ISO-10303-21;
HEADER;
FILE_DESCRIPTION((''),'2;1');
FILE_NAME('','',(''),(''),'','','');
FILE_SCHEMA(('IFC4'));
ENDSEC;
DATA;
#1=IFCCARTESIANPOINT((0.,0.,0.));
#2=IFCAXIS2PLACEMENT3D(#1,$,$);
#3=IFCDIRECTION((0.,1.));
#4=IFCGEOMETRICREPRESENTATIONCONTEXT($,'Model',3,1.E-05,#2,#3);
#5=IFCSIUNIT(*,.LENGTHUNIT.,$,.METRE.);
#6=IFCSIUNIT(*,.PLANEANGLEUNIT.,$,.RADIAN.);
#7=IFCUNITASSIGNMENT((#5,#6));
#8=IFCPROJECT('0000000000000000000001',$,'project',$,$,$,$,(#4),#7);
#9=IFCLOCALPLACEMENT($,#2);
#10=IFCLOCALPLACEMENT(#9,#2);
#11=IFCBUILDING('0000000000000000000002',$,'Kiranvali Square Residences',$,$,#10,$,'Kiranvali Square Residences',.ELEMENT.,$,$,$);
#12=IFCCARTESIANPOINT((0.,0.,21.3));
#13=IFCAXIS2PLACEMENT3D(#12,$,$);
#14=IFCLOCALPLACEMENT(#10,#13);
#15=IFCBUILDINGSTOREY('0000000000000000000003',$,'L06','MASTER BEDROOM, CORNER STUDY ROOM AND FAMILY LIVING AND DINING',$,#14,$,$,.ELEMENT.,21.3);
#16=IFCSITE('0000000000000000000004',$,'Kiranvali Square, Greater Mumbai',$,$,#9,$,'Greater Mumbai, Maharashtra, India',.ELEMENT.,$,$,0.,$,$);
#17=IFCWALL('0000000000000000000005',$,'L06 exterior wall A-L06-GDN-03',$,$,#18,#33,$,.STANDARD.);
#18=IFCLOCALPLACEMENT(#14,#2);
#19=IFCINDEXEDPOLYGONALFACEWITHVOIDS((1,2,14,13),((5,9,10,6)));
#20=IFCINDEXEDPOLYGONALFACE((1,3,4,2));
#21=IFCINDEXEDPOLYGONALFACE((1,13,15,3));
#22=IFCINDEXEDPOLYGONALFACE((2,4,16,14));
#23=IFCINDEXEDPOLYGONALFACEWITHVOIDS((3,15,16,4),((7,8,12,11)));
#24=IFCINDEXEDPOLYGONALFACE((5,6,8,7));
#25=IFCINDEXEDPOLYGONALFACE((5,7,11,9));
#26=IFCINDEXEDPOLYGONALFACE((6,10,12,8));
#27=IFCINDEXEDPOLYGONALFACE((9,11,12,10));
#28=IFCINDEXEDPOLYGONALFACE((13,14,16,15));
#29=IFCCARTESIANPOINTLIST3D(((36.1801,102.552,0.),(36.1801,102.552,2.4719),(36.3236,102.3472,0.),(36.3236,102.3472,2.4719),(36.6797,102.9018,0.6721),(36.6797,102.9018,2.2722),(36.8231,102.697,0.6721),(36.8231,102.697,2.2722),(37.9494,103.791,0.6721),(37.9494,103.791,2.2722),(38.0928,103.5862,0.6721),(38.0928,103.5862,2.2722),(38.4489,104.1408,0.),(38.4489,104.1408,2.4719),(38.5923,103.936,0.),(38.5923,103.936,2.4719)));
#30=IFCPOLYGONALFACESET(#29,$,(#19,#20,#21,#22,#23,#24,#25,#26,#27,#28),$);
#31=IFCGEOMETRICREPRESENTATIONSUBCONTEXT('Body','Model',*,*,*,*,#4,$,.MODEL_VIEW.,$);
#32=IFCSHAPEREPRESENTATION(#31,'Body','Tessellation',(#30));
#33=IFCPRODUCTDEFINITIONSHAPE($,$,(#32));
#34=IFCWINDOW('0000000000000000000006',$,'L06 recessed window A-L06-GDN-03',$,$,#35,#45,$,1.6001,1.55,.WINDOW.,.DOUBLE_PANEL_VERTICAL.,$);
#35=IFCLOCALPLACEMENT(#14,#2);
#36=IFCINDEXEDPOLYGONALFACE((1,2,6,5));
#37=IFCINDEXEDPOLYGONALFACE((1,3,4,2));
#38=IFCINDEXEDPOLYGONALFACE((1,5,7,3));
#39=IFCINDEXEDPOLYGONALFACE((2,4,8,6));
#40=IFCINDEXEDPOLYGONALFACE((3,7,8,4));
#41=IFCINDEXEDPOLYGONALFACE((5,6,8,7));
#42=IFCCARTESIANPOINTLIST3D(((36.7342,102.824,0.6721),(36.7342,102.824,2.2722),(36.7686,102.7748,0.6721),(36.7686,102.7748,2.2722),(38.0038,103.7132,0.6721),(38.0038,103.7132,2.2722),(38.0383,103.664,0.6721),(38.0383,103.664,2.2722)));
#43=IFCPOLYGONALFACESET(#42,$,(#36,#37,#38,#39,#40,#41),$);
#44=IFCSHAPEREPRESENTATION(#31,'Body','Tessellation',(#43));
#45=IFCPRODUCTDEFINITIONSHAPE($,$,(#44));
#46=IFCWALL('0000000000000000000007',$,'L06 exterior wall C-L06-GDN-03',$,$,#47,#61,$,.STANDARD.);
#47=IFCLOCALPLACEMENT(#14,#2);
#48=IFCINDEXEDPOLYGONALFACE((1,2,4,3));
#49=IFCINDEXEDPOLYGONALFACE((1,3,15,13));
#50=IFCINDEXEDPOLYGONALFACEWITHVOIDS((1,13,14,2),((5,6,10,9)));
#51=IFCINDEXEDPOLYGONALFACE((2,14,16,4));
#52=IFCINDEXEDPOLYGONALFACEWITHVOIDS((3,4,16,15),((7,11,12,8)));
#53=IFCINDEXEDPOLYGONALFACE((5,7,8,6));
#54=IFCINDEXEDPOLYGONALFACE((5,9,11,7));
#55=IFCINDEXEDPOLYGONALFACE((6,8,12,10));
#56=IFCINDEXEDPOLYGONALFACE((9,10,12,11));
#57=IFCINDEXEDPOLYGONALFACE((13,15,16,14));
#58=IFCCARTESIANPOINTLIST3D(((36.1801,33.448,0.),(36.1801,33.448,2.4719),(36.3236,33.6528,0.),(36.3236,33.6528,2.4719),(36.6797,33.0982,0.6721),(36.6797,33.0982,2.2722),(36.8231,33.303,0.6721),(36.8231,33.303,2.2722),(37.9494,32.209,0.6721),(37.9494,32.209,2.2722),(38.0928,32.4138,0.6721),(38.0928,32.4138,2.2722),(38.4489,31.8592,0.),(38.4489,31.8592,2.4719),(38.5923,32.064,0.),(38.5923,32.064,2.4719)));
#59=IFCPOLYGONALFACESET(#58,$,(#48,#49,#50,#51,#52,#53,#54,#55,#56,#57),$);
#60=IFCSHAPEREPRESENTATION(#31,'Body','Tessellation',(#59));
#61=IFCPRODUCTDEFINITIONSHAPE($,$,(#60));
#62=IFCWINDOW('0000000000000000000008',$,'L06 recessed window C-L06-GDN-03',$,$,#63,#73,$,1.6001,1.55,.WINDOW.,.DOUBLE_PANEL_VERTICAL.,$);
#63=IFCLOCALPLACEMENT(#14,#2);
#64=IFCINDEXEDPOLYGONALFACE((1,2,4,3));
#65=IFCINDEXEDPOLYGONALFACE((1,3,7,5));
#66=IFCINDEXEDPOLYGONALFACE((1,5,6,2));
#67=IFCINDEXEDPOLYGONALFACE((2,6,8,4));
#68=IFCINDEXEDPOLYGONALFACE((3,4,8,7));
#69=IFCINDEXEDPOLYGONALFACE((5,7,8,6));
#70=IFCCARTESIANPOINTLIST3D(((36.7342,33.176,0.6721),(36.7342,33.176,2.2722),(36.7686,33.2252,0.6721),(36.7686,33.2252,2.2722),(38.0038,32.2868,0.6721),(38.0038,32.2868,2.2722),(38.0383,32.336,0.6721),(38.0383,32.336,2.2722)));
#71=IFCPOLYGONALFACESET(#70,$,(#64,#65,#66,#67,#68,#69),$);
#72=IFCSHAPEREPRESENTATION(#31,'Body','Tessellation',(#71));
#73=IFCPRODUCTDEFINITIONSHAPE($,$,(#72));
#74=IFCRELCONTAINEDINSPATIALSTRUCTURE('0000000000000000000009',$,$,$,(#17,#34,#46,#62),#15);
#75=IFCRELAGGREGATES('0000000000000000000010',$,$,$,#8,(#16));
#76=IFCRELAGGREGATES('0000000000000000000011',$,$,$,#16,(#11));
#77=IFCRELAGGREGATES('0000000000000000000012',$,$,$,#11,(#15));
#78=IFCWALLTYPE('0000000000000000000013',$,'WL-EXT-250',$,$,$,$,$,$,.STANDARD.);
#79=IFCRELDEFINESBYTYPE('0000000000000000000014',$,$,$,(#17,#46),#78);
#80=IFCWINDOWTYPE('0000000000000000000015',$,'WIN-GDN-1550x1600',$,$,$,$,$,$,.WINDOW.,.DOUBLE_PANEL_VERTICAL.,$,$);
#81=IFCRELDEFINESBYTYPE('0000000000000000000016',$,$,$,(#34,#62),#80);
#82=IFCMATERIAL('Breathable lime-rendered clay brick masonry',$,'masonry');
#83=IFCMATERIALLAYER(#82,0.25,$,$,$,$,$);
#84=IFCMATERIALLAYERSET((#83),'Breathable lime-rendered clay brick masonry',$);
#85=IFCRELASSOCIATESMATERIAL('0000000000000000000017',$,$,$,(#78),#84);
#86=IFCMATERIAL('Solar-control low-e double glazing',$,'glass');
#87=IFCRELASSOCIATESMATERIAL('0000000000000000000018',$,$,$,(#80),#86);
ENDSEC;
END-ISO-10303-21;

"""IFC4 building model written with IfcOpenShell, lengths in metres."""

from ifc_helpers import new_model, si_unit, direction, frame, frame_2d, origin, place, context, subcontext, project, spatial, rectangle, extrude, material, layer, layer_set, type_object, element, fill, save


model = new_model("IFC4")

# Units and contexts
model_context = context("Model", 3, precision=1e-05, world=origin(), true_north=direction((0.0, 1.0)))
body_context = subcontext(model_context, "Body", "Model", "MODEL_VIEW")
ifc_project = project(units=[si_unit("LENGTHUNIT", "METRE"), si_unit("PLANEANGLEUNIT", "RADIAN")], contexts=[model_context])

# Site, building, storey
site_placement = place(None, origin())
site = spatial("IfcSite", under=ifc_project, at=site_placement, Name="Kiranvali Square, Greater Mumbai", LongName="Greater Mumbai, Maharashtra, India", CompositionType="ELEMENT", RefElevation=0.0)
building_placement = place(site_placement, origin())
building = spatial("IfcBuilding", under=site, at=building_placement, Name="Kiranvali Square Residences", LongName="Kiranvali Square Residences", CompositionType="ELEMENT")
storey_placement = place(building_placement, frame((0.0, 0.0, 21.3)))
storey = spatial("IfcBuildingStorey", under=building, at=storey_placement, Name="L06", Description="MASTER BEDROOM, CORNER STUDY ROOM AND FAMILY LIVING AND DINING", CompositionType="ELEMENT", Elevation=21.3)

# Wall, opening, window
ifc_material_1 = material(Name="Breathable lime-rendered clay brick masonry", Category="masonry")
ifc_layer_1 = layer(ifc_material_1, 0.25)
ifc_layer_set_1 = layer_set([ifc_layer_1], Name="Breathable lime-rendered clay brick masonry")
wall_type_1 = type_object("IfcWallType", Name="WL-EXT-250", PredefinedType="STANDARD", material=ifc_layer_set_1)
wall_1_placement = place(storey_placement, frame((38.5205, 104.0383, 0.0), z_axis=(0.0, 0.0, 1.0), x_axis=(-0.819112, -0.573634, 0.0)))
wall_1 = element("IfcWall", 1, at=wall_1_placement, inside=storey, type_object=wall_type_1, Name="L06 exterior wall A-L06-GDN-03", PredefinedType="STANDARD", context=body_context, shape_type="SweptSolid", body=[
    extrude(rectangle(XDim=2.7698, YDim=0.25, at=frame_2d((1.3848, 0.0))), origin(), (0.0, 0.0, 1.0), 2.4719),
])
opening_1_placement = place(wall_1_placement, frame((0.6099, 0.0, 0.6721)))
opening_1 = element("IfcOpeningElement", 2, at=opening_1_placement, cuts=wall_1, PredefinedType="OPENING", context=body_context, shape_type="SweptSolid", body=[
    extrude(rectangle(XDim=1.55, YDim=1.6001, at=frame_2d((0.7749, 0.8))), frame((0.0, 0.135, 0.0), z_axis=(0.0, -1.0, 0.0), x_axis=(1.0, 0.0, 0.0)), (0.0, 0.0, 1.0), 0.27),
])
ifc_material_2 = material(Name="Solar-control low-e double glazing", Category="glass")
window_type = type_object("IfcWindowType", Name="WIN-GDN-1550x1600", PartitioningType="DOUBLE_PANEL_VERTICAL", PredefinedType="WINDOW", material=ifc_material_2)
window_1_placement = place(opening_1_placement, origin())
window_1 = element("IfcWindow", 3, at=window_1_placement, inside=storey, type_object=window_type, Name="L06 recessed window A-L06-GDN-03", OverallHeight=1.6001, OverallWidth=1.55, PartitioningType="DOUBLE_PANEL_VERTICAL", PredefinedType="WINDOW", context=body_context, shape_type="SweptSolid", body=[
    extrude(rectangle(XDim=1.55, YDim=1.6001, at=frame_2d((0.7749, 0.8))), frame((0.0, 0.03, 0.0), z_axis=(0.0, -1.0, 0.0), x_axis=(1.0, 0.0, 0.0)), (0.0, 0.0, 1.0), 0.0601),
])
fill(opening_1, window_1)

# Wall, opening, window
wall_2_placement = place(storey_placement, frame((38.5205, 31.9617, 0.0), z_axis=(0.0, 0.0, 1.0), x_axis=(-0.819112, 0.573634, 0.0)))
wall_2 = element("IfcWall", 4, at=wall_2_placement, inside=storey, type_object=wall_type_1, Name="L06 exterior wall C-L06-GDN-03", PredefinedType="STANDARD", context=body_context, shape_type="SweptSolid", body=[
    extrude(rectangle(XDim=2.7698, YDim=0.25, at=frame_2d((1.3848, 0.0))), origin(), (0.0, 0.0, 1.0), 2.4719),
])
opening_2_placement = place(wall_2_placement, frame((0.6099, 0.0, 0.6721)))
opening_2 = element("IfcOpeningElement", 5, at=opening_2_placement, cuts=wall_2, PredefinedType="OPENING", context=body_context, shape_type="SweptSolid", body=[
    extrude(rectangle(XDim=1.55, YDim=1.6001, at=frame_2d((0.7749, 0.8))), frame((0.0, 0.135, 0.0), z_axis=(0.0, -1.0, 0.0), x_axis=(1.0, 0.0, 0.0)), (0.0, 0.0, 1.0), 0.27),
])
window_2_placement = place(opening_2_placement, origin())
window_2 = element("IfcWindow", 6, at=window_2_placement, inside=storey, type_object=window_type, Name="L06 recessed window C-L06-GDN-03", OverallHeight=1.6001, OverallWidth=1.55, PartitioningType="DOUBLE_PANEL_VERTICAL", PredefinedType="WINDOW", context=body_context, shape_type="SweptSolid", body=[
    extrude(rectangle(XDim=1.55, YDim=1.6001, at=frame_2d((0.7749, 0.8))), frame((0.0, 0.03, 0.0), z_axis=(0.0, -1.0, 0.0), x_axis=(1.0, 0.0, 0.0)), (0.0, 0.0, 1.0), 0.0601),
])
fill(opening_2, window_2)

save(model, "model.ifc")
